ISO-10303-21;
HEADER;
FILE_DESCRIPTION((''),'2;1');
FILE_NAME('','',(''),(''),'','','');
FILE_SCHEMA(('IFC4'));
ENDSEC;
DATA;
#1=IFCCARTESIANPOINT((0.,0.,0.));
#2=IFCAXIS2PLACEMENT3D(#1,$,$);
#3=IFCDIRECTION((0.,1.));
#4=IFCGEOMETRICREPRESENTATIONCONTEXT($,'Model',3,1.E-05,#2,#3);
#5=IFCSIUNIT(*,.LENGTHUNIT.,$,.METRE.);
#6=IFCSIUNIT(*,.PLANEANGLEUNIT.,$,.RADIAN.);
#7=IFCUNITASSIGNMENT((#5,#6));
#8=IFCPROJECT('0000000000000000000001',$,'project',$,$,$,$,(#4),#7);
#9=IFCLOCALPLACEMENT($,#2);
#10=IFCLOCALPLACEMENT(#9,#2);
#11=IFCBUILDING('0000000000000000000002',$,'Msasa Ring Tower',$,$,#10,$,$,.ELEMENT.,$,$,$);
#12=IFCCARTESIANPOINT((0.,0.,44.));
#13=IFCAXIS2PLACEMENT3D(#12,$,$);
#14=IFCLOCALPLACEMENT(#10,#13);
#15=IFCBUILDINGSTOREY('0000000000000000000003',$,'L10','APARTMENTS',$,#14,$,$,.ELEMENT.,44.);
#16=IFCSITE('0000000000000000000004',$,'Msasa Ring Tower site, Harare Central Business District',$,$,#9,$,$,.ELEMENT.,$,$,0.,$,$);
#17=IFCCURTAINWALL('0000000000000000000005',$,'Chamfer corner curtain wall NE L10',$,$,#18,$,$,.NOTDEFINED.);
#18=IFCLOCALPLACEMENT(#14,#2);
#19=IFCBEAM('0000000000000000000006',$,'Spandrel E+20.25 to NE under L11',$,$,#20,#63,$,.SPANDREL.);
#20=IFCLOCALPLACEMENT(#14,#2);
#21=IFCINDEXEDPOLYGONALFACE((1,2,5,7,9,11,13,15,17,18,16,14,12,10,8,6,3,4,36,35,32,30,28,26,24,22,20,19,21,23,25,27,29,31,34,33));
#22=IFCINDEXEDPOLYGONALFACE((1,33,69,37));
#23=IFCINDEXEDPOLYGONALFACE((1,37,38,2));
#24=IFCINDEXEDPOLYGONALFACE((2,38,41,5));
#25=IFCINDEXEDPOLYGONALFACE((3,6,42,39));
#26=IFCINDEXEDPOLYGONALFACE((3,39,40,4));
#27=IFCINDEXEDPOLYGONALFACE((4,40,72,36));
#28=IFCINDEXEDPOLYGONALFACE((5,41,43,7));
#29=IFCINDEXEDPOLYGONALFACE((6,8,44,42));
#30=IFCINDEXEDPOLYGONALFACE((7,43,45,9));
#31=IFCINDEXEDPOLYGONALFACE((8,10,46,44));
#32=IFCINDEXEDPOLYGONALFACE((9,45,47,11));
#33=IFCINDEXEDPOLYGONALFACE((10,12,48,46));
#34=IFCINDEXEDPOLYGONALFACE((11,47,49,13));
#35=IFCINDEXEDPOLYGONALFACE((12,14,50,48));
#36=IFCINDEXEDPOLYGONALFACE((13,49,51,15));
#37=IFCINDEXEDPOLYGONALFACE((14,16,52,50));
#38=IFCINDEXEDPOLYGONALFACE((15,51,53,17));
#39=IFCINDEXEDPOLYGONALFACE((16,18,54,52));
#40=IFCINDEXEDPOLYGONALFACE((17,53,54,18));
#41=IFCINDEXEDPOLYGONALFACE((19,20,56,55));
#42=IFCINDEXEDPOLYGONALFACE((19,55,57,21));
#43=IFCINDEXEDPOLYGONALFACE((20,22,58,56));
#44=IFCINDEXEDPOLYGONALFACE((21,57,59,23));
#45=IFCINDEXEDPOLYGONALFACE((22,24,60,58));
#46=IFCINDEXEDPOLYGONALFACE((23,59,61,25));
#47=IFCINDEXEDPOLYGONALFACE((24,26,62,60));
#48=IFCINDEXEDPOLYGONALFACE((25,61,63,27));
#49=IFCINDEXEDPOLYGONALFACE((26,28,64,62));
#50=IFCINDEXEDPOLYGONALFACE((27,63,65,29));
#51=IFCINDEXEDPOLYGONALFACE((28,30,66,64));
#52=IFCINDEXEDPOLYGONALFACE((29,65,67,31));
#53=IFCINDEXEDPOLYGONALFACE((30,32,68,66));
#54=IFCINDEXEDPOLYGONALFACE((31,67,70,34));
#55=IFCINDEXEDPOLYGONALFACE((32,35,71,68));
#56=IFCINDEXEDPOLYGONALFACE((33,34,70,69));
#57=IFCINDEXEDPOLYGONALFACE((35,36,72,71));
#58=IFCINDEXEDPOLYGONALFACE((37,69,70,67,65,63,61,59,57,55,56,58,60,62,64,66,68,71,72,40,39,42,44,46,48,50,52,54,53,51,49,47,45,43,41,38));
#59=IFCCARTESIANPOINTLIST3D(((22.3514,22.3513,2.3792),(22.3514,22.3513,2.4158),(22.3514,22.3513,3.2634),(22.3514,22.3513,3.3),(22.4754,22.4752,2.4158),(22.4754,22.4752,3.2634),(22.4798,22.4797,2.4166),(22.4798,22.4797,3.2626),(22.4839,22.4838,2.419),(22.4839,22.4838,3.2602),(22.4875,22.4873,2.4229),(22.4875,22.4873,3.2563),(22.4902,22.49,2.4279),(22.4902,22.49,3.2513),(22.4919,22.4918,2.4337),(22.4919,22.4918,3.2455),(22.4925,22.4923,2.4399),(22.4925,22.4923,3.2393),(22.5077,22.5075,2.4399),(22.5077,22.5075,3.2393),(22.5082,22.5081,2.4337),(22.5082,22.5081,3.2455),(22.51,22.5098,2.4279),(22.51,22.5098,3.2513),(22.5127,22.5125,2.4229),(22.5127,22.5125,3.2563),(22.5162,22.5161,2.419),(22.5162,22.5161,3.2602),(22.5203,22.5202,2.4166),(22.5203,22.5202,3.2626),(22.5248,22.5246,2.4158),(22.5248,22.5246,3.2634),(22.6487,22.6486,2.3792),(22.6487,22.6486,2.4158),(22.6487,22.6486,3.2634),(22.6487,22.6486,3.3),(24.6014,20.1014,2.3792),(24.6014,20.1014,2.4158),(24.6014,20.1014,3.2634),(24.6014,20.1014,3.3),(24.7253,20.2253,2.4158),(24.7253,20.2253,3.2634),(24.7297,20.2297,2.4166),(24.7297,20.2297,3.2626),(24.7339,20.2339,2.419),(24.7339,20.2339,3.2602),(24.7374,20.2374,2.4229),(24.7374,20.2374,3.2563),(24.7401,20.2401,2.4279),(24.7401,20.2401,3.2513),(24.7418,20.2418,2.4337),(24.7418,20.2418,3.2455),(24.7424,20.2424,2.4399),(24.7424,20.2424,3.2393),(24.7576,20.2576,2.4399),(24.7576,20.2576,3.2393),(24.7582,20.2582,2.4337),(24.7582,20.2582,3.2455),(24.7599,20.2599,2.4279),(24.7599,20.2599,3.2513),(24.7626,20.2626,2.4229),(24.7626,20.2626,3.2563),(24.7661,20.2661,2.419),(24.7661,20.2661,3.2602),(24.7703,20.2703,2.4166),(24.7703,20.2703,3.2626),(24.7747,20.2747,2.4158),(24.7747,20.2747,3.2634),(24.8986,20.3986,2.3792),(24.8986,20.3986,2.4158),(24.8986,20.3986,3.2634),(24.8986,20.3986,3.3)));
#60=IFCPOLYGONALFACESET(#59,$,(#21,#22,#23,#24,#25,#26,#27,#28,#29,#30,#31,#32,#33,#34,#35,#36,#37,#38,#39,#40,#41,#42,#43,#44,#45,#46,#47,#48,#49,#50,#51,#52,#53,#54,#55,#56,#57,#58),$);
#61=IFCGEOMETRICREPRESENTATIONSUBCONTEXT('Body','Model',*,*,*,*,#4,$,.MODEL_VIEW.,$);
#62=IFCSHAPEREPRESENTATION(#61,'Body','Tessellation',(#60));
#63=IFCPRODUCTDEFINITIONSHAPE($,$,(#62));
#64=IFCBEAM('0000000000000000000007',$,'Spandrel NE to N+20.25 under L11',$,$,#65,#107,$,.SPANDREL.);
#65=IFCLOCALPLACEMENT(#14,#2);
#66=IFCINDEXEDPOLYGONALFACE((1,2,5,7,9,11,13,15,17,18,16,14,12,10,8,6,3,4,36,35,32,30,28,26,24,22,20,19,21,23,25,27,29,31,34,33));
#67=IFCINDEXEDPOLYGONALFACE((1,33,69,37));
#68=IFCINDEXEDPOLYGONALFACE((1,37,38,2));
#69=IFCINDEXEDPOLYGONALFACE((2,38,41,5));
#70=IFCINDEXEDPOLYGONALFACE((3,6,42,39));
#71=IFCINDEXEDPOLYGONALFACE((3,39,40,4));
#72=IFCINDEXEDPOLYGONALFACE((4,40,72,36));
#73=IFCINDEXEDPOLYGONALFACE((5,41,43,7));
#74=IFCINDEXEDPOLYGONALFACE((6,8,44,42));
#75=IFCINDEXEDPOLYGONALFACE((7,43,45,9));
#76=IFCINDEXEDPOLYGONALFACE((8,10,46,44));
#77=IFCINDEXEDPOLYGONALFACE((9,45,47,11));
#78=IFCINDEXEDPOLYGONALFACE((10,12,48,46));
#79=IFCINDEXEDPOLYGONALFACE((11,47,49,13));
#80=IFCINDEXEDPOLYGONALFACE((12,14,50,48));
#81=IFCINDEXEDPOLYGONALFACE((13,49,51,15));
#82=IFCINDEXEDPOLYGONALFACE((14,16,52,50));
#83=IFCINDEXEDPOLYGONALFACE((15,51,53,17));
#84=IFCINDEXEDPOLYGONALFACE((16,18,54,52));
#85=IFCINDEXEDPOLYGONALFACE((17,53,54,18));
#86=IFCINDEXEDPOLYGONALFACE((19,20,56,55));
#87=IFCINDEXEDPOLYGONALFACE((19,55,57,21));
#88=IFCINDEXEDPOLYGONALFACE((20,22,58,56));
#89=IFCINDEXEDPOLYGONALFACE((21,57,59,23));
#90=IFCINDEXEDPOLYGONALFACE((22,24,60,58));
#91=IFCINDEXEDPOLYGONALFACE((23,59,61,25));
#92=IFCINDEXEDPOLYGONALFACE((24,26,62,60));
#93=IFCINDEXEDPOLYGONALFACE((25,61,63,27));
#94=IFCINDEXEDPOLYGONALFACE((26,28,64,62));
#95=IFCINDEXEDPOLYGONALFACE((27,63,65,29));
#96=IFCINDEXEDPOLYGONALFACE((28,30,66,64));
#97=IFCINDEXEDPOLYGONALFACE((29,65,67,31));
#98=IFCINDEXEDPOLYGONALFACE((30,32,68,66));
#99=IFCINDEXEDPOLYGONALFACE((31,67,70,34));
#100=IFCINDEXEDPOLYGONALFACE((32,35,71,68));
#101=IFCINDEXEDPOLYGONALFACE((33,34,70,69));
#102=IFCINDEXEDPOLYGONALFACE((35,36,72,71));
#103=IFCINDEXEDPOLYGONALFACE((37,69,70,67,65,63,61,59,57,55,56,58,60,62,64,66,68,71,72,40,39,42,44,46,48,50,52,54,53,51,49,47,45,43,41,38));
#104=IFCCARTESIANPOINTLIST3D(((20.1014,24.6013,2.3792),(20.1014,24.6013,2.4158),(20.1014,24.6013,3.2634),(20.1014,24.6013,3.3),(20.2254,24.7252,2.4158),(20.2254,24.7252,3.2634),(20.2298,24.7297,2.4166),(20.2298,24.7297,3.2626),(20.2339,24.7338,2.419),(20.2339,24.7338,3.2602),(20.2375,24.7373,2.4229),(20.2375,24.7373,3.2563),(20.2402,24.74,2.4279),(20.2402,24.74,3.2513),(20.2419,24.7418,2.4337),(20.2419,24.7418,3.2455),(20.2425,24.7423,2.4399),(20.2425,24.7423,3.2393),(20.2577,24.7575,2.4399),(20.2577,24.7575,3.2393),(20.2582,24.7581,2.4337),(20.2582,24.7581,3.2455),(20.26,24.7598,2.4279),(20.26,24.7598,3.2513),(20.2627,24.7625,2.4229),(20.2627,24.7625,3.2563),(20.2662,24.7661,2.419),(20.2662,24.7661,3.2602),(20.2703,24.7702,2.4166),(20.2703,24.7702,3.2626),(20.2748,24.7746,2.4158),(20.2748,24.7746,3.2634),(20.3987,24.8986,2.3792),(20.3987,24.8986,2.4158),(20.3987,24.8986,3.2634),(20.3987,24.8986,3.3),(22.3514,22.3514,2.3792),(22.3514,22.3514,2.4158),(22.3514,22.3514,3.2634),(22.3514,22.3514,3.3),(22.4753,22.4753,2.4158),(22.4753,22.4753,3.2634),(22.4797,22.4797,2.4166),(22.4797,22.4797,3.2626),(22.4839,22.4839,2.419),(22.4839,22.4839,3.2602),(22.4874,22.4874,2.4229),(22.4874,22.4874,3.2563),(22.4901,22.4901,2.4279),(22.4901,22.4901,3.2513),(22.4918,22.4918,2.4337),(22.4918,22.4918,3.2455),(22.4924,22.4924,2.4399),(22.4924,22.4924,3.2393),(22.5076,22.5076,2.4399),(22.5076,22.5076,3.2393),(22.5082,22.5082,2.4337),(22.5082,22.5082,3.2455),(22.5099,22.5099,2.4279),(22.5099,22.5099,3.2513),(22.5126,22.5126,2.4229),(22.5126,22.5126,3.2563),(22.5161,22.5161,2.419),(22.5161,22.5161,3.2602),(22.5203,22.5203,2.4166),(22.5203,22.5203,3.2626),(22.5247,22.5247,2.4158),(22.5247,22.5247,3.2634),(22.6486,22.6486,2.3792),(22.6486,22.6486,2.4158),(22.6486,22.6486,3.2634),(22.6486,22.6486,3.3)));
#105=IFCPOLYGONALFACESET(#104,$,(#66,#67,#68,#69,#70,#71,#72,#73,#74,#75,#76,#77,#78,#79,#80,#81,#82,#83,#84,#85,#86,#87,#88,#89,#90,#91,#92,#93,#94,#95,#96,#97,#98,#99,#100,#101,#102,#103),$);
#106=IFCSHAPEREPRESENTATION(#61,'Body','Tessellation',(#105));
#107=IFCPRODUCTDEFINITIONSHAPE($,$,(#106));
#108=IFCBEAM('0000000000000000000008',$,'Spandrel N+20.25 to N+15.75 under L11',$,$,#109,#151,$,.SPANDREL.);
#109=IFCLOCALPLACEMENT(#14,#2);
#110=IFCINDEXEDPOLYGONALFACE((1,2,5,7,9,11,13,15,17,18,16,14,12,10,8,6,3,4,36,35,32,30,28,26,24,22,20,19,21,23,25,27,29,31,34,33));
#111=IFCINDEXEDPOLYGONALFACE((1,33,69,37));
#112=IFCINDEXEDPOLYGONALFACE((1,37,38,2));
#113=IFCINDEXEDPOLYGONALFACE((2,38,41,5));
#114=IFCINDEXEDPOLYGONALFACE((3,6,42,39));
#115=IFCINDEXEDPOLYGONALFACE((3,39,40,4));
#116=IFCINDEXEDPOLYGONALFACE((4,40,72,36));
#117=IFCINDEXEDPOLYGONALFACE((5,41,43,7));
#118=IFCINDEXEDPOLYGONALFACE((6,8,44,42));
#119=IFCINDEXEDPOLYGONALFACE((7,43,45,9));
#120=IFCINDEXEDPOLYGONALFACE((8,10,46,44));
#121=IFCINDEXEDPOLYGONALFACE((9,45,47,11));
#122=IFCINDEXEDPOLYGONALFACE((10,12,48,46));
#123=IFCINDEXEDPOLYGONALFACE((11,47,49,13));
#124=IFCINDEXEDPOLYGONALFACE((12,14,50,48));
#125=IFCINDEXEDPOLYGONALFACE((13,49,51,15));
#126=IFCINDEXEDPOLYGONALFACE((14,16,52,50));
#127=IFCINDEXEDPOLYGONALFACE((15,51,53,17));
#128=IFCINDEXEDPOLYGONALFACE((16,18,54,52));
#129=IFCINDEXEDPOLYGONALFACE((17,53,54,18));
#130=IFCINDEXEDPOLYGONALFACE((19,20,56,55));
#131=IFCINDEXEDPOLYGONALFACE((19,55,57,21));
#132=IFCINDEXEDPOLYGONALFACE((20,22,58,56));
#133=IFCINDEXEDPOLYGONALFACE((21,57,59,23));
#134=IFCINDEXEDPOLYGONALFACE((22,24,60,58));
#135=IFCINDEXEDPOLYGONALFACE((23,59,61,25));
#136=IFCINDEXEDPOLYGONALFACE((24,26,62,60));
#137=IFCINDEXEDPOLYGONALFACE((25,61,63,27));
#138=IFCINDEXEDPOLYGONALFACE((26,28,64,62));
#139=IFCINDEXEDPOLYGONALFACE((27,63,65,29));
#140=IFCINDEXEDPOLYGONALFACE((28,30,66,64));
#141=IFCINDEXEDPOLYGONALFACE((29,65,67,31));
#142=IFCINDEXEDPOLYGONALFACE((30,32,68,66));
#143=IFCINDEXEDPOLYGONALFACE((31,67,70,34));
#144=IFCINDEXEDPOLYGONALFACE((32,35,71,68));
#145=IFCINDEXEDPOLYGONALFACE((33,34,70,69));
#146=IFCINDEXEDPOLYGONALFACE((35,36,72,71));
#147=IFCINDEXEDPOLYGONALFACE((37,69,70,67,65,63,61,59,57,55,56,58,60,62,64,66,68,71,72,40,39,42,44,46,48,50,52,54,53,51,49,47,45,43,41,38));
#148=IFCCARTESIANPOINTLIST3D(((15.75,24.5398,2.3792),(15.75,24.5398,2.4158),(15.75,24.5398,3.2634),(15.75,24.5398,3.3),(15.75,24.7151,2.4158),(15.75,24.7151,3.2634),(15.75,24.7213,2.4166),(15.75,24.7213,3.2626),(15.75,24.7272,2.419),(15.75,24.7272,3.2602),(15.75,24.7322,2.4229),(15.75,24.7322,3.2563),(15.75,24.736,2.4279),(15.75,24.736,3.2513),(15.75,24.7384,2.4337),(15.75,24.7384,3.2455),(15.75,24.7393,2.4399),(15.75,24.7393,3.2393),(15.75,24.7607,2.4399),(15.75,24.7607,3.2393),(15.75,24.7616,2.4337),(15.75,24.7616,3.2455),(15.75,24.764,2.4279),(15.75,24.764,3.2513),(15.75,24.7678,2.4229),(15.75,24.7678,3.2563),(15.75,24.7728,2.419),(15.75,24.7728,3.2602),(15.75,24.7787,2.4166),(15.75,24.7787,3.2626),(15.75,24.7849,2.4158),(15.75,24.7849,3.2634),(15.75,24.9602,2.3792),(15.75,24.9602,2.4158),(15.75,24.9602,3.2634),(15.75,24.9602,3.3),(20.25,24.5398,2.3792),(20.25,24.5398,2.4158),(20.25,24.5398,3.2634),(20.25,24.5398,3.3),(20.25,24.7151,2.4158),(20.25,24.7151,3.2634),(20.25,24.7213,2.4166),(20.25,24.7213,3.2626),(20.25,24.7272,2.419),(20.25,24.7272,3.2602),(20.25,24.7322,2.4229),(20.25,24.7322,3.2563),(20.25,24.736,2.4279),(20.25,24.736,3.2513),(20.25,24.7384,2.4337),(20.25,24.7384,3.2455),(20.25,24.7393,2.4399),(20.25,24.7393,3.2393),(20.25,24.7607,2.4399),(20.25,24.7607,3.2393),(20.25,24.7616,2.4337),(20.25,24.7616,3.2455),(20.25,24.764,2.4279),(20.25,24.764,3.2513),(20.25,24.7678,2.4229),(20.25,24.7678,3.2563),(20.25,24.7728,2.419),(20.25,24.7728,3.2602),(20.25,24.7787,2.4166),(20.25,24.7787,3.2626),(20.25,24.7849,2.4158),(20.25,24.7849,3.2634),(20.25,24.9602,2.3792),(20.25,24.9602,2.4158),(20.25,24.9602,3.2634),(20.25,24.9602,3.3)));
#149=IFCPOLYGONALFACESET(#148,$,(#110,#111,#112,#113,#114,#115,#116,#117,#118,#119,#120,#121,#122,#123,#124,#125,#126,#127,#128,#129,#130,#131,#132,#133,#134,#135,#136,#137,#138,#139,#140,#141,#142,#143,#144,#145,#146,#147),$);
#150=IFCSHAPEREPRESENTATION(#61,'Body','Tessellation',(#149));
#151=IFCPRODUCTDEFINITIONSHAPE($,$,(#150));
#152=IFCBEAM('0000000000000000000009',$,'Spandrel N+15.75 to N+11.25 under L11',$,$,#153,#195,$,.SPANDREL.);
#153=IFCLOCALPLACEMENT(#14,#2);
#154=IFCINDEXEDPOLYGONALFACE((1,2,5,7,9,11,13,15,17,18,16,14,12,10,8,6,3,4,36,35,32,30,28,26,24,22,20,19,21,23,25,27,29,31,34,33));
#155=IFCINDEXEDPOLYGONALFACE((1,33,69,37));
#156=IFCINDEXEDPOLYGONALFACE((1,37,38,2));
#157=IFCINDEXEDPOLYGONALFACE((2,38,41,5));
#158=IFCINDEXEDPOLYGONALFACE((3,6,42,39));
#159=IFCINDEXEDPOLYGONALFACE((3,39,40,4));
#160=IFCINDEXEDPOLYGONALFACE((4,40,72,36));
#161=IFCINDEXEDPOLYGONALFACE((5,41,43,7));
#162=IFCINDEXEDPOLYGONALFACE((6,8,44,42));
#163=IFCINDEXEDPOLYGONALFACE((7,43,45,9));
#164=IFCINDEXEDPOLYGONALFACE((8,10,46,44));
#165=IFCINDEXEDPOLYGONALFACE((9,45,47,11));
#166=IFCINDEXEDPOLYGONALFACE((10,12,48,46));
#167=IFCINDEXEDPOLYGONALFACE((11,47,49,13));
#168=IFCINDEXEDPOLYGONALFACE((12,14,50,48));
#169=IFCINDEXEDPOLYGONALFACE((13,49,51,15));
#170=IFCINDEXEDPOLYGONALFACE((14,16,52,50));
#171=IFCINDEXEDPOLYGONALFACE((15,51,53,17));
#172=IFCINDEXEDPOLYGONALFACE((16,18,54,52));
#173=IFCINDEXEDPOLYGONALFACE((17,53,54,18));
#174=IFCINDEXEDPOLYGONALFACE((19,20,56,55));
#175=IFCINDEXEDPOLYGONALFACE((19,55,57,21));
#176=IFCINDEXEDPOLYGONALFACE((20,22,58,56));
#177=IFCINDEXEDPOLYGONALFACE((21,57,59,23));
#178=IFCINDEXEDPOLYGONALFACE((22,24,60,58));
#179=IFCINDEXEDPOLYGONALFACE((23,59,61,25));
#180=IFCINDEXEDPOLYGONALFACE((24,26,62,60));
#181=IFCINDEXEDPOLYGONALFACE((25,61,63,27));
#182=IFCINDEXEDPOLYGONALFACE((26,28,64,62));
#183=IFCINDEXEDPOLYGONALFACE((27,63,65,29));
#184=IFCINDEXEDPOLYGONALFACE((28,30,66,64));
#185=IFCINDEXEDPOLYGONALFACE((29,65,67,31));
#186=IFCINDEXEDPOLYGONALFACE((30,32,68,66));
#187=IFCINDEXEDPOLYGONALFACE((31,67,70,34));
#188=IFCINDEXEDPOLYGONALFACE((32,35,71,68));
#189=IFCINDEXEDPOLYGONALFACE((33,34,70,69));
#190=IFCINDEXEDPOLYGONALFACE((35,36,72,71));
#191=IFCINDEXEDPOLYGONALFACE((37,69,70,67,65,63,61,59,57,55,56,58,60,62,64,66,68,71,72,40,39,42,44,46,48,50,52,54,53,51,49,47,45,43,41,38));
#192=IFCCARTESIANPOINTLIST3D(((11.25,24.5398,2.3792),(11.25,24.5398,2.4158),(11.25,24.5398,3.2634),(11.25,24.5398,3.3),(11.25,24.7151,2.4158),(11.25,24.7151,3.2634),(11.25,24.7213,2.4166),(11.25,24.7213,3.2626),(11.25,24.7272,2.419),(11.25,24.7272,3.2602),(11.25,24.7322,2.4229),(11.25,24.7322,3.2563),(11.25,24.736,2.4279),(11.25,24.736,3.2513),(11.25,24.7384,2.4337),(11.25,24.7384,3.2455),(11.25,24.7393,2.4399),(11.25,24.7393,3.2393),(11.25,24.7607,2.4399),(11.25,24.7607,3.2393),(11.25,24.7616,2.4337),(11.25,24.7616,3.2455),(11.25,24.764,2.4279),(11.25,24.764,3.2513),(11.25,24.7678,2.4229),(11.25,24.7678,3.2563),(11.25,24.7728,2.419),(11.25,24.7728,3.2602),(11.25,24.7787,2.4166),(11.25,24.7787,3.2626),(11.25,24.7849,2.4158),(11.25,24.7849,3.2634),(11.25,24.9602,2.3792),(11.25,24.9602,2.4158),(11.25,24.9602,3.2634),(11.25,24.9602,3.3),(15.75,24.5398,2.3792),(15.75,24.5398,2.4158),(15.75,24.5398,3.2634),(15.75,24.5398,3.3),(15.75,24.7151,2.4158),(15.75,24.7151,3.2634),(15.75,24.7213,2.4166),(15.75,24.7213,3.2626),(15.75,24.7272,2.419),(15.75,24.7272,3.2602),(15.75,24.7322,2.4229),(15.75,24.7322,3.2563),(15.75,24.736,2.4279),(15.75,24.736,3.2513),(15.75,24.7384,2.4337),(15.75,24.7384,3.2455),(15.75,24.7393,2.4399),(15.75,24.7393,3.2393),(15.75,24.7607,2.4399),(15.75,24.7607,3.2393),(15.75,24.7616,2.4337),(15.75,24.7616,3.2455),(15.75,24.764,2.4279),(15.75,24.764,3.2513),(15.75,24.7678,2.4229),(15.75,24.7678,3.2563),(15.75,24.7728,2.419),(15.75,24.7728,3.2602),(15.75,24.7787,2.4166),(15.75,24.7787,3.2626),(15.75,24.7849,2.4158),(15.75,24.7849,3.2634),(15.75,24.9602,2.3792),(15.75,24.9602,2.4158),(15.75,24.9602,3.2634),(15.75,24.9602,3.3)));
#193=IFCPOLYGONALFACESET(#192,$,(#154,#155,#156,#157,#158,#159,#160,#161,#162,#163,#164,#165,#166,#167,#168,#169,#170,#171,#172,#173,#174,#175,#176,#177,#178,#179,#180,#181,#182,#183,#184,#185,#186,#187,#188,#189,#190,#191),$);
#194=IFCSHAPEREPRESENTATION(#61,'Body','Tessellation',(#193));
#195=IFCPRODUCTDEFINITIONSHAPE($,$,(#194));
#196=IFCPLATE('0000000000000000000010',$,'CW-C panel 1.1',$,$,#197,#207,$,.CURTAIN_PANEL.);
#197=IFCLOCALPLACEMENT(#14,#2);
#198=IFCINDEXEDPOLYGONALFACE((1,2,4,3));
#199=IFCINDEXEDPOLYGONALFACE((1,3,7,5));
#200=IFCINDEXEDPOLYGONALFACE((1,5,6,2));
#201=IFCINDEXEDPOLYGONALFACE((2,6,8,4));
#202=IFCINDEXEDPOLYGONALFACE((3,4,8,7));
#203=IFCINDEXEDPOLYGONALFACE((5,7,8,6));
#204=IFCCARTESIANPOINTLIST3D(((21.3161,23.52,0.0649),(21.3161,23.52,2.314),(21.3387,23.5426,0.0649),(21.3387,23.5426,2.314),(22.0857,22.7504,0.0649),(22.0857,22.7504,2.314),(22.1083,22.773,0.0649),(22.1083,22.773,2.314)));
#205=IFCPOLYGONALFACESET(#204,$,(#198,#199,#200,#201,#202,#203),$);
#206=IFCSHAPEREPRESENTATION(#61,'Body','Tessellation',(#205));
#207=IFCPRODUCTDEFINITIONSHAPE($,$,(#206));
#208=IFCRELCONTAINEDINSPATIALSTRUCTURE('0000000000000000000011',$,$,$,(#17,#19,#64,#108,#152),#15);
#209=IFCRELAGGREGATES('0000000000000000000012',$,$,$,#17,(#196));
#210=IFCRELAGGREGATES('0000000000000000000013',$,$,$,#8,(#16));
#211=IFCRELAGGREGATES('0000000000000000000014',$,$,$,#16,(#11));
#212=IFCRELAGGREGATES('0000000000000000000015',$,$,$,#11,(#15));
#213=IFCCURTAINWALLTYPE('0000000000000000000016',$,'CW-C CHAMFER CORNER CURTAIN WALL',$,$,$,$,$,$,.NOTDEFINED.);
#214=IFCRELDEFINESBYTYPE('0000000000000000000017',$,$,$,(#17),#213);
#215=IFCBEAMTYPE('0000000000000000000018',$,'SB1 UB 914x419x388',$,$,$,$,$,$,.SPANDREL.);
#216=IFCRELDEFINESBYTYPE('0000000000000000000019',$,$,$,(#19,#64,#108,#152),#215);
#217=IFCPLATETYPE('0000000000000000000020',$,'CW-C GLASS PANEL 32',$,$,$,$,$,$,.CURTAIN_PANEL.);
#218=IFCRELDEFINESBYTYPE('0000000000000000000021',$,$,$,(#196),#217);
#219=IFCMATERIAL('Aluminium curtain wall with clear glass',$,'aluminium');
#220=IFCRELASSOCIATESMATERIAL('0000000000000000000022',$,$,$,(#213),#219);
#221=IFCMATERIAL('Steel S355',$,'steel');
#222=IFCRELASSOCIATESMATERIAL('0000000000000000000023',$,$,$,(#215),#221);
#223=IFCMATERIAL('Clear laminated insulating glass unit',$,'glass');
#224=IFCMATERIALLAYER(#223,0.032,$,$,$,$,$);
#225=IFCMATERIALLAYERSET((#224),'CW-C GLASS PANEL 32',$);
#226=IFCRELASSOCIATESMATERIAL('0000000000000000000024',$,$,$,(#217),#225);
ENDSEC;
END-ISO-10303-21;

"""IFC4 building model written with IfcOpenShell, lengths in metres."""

from ifc_helpers import new_model, si_unit, direction, frame, origin, origin_2d, place, context, subcontext, project, spatial, rectangle, i_section, extrude, material, layer, layer_set, material_profile, profile_set, type_object, element, aggregate, save


model = new_model("IFC4")

# Units and contexts
model_context = context("Model", 3, precision=1e-05, world=origin(), true_north=direction((0.0, 1.0)))
body_context = subcontext(model_context, "Body", "Model", "MODEL_VIEW")
ifc_project = project(units=[si_unit("LENGTHUNIT", "METRE"), si_unit("PLANEANGLEUNIT", "RADIAN")], contexts=[model_context])

# Site, building, storey
site_placement = place(None, origin())
site = spatial("IfcSite", under=ifc_project, at=site_placement, Name="Msasa Ring Tower site, Harare Central Business District", CompositionType="ELEMENT", RefElevation=0.0)
building_placement = place(site_placement, origin())
building = spatial("IfcBuilding", under=site, at=building_placement, Name="Msasa Ring Tower", CompositionType="ELEMENT")
storey_placement = place(building_placement, frame((0.0, 0.0, 44.0)))
storey = spatial("IfcBuildingStorey", under=building, at=storey_placement, Name="L10", Description="APARTMENTS", CompositionType="ELEMENT", Elevation=44.0)

# Curtain wall
ifc_material_1 = material(Name="Aluminium curtain wall with clear glass", Category="aluminium")
curtain_wall_type = type_object("IfcCurtainWallType", Name="CW-C CHAMFER CORNER CURTAIN WALL", PredefinedType="NOTDEFINED", material=ifc_material_1)
curtain_wall_1_placement = place(storey_placement, origin())
curtain_wall_1 = element("IfcCurtainWall", 1, at=curtain_wall_1_placement, inside=storey, type_object=curtain_wall_type, Name="Chamfer corner curtain wall NE L10", PredefinedType="NOTDEFINED")

# Beams
ifc_material_2 = material(Name="Steel S355", Category="steel")
ifc_material_profile_1 = material_profile(ifc_material_2, i_section(OverallWidth=0.4204, OverallDepth=0.9209, WebThickness=0.0215, FlangeThickness=0.0366, FilletRadius=0.0242, at=origin_2d()), Name="UB 914x419x388")
ifc_profile_set_1 = profile_set([ifc_material_profile_1], Name="Steel S355")
beam_type_1 = type_object("IfcBeamType", Name="SB1 UB 914x419x388", PredefinedType="SPANDREL", material=ifc_profile_set_1)
for number, where, z_axis, x_axis, name in (
    (2, (24.75, 20.25, 2.8396), (-0.707107, 0.707107, 0.0), (-0.707107, -0.707107, 0.0), "Spandrel E+20.25 to NE under L11"),
    (3, (22.5, 22.5, 2.8396), (-0.707107, 0.707107, 0.0), (-0.707107, -0.707107, 0.0), "Spandrel NE to N+20.25 under L11"),
):
    element("IfcBeam", number, at=place(storey_placement, frame(where, z_axis=z_axis, x_axis=x_axis)), inside=storey, type_object=beam_type_1, Name=name, PredefinedType="SPANDREL", context=body_context, shape_type="SweptSolid", body=[
        extrude(i_section(OverallWidth=0.4204, OverallDepth=0.9209, WebThickness=0.0215, FlangeThickness=0.0366, FilletRadius=0.0242, at=origin_2d()), origin(), (0.0, 0.0, 1.0), 3.1819),
    ])
for number, where, z_axis, x_axis, name in (
    (4, (20.25, 24.75, 2.8396), (-1.0, 0.0, 0.0), (0.0, -1.0, 0.0), "Spandrel N+20.25 to N+15.75 under L11"),
    (5, (15.75, 24.75, 2.8396), (-1.0, 0.0, 0.0), (0.0, -1.0, 0.0), "Spandrel N+15.75 to N+11.25 under L11"),
):
    element("IfcBeam", number, at=place(storey_placement, frame(where, z_axis=z_axis, x_axis=x_axis)), inside=storey, type_object=beam_type_1, Name=name, PredefinedType="SPANDREL", context=body_context, shape_type="SweptSolid", body=[
        extrude(i_section(OverallWidth=0.4204, OverallDepth=0.9209, WebThickness=0.0215, FlangeThickness=0.0366, FilletRadius=0.0242, at=origin_2d()), origin(), (0.0, 0.0, 1.0), 4.5),
    ])

# Plate
ifc_material_3 = material(Name="Clear laminated insulating glass unit", Category="glass")
ifc_layer_1 = layer(ifc_material_3, 0.032)
ifc_layer_set_1 = layer_set([ifc_layer_1], Name="CW-C GLASS PANEL 32")
plate_type = type_object("IfcPlateType", Name="CW-C GLASS PANEL 32", PredefinedType="CURTAIN_PANEL", material=ifc_layer_set_1)
plate_1_placement = place(storey_placement, frame((21.7122, 23.1465, 0.0649), z_axis=(0.0, 0.0, 1.0), x_axis=(-0.707107, 0.707107, 0.0)))
plate_1 = element("IfcPlate", 6, at=plate_1_placement, type_object=plate_type, Name="CW-C panel 1.1", PredefinedType="CURTAIN_PANEL", context=body_context, shape_type="SweptSolid", body=[
    extrude(rectangle(XDim=1.0884, YDim=0.032, at=origin_2d()), origin(), (0.0, 0.0, 1.0), 2.249),
])
aggregate(curtain_wall_1, [plate_1])

save(model, "model.ifc")
